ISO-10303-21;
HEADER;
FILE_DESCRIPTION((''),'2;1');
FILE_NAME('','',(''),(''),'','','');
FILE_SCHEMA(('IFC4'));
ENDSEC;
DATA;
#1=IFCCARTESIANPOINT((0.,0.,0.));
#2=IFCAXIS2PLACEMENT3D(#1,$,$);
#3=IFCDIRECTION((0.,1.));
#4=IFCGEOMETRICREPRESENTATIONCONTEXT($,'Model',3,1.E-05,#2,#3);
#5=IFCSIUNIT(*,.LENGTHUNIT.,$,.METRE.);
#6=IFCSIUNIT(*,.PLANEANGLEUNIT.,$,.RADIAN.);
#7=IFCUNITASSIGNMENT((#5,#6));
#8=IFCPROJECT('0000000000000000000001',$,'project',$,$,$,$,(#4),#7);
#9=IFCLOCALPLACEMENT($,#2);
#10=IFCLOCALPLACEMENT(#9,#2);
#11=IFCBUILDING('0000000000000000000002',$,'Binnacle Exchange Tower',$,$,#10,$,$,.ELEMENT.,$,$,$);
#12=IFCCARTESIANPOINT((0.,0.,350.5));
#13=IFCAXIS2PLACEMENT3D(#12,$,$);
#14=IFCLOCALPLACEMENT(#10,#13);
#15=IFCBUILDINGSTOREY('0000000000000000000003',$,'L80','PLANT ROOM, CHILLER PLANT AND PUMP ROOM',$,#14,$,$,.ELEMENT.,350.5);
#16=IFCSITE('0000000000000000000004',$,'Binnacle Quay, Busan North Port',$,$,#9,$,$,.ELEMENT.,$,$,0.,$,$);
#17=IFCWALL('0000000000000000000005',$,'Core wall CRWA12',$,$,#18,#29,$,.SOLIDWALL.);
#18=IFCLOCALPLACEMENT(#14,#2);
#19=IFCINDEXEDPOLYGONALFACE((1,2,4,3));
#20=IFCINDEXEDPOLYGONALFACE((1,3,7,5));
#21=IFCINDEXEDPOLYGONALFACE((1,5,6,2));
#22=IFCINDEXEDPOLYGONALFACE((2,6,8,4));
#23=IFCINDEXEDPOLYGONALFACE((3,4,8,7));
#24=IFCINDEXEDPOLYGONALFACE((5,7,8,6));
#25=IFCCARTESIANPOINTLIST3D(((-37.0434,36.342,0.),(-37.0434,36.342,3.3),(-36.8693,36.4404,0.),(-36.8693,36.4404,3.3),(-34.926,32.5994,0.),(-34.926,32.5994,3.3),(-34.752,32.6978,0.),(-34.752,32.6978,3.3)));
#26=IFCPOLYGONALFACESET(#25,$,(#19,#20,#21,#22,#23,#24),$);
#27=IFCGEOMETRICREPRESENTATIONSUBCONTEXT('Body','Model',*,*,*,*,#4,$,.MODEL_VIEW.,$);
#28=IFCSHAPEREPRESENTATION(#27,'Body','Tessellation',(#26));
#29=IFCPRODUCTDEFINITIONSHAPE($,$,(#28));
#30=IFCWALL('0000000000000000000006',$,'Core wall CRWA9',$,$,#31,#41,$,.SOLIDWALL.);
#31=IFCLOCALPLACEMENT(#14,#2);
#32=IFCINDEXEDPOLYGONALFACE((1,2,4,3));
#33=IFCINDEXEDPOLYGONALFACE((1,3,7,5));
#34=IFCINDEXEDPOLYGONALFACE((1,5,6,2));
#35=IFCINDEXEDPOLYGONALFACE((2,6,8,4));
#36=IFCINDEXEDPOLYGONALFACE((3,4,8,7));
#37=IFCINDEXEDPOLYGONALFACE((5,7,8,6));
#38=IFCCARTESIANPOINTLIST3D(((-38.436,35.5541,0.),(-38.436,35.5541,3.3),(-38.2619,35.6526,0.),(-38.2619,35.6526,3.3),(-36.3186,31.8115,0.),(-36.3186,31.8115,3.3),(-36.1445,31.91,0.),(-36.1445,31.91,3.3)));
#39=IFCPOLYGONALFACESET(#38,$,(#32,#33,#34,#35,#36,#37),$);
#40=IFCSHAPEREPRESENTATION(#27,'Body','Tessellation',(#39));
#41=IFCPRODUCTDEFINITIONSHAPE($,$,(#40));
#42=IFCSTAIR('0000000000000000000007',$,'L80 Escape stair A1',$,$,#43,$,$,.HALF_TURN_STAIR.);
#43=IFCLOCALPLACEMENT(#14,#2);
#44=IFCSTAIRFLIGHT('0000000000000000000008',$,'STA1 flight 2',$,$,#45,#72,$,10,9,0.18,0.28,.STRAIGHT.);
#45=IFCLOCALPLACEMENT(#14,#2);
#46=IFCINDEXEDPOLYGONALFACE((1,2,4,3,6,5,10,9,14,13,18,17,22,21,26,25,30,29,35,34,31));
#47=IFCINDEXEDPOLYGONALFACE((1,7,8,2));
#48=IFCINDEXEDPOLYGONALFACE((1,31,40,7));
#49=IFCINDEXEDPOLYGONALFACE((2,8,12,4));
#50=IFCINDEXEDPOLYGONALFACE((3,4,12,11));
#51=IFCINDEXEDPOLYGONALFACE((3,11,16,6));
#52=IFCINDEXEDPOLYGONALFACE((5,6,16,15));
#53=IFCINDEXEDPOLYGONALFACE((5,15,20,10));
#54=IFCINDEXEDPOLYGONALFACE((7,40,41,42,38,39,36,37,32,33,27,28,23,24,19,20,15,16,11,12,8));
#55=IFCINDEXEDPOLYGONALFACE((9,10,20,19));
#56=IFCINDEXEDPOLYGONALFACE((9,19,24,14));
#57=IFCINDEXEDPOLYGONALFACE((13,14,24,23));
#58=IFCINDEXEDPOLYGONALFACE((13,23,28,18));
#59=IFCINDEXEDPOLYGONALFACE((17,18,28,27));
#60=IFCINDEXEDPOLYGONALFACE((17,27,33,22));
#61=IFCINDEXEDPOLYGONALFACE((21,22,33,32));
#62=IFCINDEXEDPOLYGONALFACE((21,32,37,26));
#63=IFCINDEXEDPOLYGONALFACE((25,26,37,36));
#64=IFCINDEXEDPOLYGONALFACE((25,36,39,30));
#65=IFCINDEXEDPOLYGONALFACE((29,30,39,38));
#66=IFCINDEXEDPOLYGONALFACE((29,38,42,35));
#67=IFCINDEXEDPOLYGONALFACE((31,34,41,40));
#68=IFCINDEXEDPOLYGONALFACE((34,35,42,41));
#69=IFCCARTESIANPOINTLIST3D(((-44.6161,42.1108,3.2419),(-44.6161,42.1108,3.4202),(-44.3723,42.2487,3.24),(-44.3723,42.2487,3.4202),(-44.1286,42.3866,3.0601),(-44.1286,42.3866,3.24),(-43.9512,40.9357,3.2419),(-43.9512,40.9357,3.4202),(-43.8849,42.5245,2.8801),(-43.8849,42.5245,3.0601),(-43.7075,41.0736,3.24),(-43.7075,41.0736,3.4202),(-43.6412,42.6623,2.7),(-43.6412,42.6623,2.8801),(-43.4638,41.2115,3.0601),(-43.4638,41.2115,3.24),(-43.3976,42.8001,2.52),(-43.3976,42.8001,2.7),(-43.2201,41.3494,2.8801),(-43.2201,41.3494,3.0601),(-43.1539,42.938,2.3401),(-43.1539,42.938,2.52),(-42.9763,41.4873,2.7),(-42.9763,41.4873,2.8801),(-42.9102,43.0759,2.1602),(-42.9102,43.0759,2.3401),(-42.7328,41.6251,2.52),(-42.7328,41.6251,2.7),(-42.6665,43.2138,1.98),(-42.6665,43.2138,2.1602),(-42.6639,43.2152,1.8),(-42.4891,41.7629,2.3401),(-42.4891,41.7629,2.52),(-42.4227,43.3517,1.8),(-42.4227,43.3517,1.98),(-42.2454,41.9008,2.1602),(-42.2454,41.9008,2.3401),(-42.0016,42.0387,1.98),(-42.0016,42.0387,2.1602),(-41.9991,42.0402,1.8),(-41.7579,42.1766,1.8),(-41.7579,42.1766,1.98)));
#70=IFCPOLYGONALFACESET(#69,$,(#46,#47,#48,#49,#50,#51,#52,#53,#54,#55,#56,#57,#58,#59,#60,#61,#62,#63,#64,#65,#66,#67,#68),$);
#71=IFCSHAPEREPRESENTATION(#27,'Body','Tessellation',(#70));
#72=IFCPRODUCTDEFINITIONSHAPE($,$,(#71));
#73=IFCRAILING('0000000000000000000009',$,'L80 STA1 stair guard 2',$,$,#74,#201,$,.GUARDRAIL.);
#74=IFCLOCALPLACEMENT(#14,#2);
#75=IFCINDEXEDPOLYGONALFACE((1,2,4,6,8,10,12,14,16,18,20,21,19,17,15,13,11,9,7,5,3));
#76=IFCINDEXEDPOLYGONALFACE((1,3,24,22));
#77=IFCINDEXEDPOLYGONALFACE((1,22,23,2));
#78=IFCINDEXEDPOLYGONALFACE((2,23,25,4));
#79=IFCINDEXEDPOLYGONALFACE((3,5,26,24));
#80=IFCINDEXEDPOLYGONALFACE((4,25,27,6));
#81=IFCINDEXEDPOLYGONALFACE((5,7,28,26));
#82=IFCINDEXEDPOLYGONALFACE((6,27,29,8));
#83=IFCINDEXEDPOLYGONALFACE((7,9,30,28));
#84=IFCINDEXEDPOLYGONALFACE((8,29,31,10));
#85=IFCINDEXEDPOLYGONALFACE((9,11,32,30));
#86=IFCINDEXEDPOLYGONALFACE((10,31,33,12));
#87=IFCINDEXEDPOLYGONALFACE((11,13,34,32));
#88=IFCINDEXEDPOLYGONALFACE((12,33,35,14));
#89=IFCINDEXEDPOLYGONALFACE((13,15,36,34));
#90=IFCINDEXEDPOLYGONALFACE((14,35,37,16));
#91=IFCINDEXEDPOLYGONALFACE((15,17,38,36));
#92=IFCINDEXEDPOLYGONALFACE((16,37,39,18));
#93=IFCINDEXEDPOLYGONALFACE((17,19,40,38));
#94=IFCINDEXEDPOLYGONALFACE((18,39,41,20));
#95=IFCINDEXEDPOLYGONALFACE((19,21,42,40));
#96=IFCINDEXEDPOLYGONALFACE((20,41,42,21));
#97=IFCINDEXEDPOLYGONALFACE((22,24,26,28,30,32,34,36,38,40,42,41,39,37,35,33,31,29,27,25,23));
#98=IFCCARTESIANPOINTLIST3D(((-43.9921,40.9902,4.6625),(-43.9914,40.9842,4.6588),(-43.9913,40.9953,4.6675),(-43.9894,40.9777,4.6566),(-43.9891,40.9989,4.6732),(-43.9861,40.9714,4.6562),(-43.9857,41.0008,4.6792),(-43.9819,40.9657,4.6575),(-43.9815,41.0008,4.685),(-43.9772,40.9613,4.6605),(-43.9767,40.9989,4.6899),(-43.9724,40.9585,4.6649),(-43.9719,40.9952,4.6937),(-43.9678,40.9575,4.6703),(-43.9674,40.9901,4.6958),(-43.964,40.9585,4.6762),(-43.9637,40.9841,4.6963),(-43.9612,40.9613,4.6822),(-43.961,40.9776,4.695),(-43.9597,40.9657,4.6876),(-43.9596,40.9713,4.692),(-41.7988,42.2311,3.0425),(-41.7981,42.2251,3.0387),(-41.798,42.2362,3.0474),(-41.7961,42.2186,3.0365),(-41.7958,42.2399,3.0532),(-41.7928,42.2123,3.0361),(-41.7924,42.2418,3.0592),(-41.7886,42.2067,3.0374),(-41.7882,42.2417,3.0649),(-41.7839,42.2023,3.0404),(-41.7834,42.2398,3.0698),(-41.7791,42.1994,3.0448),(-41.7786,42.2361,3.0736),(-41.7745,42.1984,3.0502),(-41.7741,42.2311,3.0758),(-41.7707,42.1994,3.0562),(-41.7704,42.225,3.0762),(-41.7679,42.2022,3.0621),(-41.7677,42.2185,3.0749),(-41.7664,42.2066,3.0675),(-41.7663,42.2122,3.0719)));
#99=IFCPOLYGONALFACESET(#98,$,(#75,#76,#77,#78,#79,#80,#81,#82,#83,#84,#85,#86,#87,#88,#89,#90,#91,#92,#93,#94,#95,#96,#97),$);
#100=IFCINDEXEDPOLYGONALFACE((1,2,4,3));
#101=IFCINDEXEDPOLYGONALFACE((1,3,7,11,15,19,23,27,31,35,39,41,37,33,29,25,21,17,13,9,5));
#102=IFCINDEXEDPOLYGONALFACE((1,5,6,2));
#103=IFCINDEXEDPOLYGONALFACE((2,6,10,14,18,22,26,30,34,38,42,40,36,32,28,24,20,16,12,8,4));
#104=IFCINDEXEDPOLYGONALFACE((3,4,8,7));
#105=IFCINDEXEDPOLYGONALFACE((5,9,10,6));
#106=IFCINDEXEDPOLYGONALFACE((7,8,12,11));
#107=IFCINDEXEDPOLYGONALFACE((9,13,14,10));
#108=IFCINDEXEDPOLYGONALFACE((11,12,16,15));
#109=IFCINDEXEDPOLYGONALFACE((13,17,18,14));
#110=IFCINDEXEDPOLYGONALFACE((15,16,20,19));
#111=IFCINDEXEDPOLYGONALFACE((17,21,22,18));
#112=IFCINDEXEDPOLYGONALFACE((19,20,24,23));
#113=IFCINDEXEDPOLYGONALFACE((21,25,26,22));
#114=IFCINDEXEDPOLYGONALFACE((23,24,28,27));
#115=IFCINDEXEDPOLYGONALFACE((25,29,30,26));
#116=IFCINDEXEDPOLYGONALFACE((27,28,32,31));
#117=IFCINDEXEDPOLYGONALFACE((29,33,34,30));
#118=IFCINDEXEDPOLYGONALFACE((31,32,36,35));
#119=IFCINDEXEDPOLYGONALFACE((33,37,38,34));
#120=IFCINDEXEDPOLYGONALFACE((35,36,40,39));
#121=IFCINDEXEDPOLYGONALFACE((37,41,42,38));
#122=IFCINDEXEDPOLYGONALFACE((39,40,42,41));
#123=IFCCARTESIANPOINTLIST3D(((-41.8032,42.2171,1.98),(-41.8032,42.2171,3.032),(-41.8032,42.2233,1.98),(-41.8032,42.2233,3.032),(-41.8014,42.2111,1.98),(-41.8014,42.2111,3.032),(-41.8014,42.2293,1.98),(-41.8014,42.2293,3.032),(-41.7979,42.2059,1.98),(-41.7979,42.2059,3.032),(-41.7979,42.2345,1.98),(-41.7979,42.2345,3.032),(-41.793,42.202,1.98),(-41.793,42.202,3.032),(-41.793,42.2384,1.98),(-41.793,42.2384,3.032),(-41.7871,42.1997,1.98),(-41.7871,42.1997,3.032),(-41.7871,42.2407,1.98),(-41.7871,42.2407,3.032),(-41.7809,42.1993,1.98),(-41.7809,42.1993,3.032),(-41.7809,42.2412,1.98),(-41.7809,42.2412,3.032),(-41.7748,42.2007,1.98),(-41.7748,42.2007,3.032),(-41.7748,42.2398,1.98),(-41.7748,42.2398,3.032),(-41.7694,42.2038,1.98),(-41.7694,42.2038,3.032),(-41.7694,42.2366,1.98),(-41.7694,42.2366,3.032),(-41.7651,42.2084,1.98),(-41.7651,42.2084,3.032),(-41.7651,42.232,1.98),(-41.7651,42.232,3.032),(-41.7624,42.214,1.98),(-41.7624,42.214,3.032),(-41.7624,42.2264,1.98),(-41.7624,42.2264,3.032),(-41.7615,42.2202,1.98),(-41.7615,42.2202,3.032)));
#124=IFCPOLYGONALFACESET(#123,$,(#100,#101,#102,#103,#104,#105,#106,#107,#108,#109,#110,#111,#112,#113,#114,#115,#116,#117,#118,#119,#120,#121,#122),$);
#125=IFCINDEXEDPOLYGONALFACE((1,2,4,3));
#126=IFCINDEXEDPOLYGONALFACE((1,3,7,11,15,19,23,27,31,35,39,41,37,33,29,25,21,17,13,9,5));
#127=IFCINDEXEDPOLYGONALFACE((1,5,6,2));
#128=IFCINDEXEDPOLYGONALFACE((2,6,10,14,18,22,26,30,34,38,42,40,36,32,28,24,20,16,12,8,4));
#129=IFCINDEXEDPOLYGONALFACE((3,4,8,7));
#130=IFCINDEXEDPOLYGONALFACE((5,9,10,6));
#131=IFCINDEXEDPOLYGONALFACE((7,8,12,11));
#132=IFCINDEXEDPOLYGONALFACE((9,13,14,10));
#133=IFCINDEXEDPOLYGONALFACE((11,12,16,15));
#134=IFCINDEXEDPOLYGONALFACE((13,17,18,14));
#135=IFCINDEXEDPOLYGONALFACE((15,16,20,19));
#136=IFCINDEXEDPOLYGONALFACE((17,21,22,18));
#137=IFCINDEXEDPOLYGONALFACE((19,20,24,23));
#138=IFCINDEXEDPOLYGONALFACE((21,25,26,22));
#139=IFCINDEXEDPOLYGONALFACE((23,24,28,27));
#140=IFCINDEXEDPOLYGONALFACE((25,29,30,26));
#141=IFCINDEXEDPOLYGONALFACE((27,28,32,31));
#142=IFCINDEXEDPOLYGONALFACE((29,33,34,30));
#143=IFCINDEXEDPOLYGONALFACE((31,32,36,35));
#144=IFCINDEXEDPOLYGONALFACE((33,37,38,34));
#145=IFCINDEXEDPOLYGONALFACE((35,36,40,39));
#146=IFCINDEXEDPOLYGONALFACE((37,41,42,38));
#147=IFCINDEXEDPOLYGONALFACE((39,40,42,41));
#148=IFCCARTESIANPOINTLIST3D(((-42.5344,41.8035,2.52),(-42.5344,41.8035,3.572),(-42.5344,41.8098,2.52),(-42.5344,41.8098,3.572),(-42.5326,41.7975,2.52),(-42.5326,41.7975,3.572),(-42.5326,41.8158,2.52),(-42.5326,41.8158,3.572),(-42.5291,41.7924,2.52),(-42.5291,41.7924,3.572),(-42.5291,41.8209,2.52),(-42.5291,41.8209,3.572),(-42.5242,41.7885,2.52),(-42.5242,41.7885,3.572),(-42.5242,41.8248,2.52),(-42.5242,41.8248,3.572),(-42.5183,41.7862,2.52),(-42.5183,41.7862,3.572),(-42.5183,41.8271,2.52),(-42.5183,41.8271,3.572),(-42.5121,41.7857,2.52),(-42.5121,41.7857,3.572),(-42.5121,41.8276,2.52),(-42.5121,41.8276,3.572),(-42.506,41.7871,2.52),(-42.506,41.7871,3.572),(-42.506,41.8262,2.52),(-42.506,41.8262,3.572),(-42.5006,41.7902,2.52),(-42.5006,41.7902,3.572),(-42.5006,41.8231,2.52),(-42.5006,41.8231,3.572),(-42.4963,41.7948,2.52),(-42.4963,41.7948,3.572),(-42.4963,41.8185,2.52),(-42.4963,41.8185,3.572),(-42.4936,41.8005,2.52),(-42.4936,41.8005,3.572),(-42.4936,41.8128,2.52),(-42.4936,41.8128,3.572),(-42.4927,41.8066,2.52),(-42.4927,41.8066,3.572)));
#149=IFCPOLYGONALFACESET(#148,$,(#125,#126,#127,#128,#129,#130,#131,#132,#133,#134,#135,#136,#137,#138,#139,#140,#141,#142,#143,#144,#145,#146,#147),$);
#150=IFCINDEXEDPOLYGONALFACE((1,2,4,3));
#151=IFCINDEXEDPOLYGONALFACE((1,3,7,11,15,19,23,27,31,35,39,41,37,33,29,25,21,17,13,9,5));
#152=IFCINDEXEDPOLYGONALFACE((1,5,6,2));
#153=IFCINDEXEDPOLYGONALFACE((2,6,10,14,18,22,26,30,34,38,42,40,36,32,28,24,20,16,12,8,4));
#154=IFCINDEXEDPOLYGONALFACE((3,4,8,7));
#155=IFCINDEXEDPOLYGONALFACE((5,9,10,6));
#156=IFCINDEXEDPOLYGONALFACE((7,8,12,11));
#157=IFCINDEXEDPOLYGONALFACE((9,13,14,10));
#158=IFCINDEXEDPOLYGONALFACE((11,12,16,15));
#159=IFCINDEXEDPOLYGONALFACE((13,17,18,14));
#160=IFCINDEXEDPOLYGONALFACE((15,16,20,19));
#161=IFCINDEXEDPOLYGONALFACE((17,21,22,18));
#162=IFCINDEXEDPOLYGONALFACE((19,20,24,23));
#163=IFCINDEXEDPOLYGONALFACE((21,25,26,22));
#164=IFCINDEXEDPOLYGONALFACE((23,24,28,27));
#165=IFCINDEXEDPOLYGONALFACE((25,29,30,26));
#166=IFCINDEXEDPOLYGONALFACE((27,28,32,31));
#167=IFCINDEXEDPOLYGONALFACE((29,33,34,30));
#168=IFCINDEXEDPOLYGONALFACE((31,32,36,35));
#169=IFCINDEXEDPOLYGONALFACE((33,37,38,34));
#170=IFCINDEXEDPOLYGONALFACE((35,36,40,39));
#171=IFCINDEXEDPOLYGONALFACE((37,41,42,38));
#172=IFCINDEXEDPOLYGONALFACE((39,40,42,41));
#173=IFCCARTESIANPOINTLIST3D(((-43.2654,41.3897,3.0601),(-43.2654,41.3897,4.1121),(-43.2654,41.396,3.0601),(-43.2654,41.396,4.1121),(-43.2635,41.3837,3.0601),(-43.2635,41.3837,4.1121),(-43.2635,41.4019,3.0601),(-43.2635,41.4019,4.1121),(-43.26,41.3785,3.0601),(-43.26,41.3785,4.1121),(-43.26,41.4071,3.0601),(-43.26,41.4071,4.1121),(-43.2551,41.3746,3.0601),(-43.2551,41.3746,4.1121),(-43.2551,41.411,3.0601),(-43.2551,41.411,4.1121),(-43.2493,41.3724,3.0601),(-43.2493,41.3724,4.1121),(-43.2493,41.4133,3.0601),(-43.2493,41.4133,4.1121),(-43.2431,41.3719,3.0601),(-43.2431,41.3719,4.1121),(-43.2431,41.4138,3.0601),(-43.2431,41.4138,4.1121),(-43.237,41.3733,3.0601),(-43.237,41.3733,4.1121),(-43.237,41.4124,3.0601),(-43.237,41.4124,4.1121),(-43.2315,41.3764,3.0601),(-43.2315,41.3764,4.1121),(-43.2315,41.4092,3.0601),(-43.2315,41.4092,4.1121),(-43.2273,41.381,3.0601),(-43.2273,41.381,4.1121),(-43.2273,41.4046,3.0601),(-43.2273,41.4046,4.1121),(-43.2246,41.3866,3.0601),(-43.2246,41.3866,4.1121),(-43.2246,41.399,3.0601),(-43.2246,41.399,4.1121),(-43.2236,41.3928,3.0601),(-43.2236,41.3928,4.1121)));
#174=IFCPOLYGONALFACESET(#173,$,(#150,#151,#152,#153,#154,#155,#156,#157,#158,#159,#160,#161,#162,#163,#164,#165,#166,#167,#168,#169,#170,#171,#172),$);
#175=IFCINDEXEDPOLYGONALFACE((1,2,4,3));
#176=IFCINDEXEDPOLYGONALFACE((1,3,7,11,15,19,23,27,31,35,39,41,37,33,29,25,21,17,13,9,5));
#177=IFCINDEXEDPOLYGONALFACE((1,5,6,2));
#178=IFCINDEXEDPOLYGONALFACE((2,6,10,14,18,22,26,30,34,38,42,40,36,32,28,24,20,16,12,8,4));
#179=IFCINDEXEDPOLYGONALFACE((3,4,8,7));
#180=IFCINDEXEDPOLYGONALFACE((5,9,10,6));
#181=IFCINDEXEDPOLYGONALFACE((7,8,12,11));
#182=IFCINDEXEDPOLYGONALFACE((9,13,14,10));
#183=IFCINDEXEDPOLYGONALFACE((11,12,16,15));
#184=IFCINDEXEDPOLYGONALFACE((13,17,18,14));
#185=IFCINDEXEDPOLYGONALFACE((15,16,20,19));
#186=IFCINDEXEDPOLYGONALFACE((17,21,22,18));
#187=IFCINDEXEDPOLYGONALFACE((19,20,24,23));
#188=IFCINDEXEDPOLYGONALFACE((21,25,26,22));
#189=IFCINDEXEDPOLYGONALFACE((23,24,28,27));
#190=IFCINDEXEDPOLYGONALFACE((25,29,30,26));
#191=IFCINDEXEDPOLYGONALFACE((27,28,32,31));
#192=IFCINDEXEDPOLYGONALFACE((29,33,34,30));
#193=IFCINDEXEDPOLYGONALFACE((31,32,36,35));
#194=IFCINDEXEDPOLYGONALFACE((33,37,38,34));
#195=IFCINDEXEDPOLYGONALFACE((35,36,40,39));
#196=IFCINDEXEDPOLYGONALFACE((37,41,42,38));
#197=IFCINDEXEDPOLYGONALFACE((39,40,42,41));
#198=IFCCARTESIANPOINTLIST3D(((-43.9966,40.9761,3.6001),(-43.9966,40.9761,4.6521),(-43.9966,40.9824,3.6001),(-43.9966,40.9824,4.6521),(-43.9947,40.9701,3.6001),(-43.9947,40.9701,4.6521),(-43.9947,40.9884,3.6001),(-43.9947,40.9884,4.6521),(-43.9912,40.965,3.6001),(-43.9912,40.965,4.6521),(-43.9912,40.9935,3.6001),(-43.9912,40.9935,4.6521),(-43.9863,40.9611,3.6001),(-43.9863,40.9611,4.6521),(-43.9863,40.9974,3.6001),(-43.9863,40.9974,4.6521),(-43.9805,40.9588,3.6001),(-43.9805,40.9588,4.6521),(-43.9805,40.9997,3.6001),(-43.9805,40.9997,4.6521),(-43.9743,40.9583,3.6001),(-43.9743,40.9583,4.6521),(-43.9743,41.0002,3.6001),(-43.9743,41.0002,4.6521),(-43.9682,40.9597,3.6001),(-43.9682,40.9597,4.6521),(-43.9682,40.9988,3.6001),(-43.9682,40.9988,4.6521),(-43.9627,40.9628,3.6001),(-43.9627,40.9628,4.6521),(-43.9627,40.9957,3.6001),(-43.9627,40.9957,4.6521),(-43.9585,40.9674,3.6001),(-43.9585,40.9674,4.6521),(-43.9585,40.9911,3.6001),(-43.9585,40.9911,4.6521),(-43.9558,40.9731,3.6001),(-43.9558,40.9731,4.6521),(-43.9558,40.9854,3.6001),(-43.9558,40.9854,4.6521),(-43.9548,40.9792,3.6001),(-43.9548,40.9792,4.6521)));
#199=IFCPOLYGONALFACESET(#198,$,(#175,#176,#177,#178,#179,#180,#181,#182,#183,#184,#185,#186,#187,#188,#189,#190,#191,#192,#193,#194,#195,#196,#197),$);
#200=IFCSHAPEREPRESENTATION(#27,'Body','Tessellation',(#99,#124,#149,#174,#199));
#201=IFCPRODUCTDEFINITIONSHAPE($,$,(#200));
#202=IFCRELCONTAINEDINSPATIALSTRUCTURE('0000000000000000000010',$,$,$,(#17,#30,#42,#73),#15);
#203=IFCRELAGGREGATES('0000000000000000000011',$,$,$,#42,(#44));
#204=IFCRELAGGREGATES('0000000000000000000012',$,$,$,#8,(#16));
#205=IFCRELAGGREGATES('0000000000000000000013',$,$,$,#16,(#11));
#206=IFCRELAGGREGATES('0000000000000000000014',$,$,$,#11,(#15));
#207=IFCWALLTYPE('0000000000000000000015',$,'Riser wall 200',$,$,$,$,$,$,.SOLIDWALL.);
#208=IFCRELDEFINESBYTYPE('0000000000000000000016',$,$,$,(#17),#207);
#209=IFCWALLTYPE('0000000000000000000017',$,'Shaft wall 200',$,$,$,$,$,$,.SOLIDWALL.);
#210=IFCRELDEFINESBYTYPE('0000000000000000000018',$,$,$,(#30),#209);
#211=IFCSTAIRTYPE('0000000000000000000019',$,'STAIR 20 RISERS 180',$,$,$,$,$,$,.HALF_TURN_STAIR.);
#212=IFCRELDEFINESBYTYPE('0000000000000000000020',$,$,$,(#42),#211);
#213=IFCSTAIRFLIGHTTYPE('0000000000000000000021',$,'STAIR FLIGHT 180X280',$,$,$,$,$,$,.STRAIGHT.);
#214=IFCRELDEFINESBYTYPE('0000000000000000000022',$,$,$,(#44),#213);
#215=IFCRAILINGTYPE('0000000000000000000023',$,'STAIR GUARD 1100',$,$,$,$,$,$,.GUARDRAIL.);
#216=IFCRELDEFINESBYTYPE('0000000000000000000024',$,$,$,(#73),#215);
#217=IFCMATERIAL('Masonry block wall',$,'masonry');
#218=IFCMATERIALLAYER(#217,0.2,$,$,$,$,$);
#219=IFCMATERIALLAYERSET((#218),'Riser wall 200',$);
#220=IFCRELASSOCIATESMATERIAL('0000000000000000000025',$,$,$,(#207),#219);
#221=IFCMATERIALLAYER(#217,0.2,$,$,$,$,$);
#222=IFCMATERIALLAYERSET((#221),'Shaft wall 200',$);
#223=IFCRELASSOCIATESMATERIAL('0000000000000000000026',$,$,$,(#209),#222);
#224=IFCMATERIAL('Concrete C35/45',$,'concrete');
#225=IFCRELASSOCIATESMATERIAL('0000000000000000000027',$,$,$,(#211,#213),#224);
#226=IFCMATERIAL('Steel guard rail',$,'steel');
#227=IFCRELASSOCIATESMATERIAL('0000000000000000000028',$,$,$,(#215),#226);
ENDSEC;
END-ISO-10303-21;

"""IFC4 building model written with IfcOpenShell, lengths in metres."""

from ifc_helpers import new_model, si_unit, direction, frame, frame_2d, origin, origin_2d, place, context, subcontext, project, spatial, polyline, rectangle, circle, outline, extrude, material, layer, layer_set, type_object, element, aggregate, save


model = new_model("IFC4")

# Units and contexts
model_context = context("Model", 3, precision=1e-05, world=origin(), true_north=direction((0.0, 1.0)))
body_context = subcontext(model_context, "Body", "Model", "MODEL_VIEW")
ifc_project = project(units=[si_unit("LENGTHUNIT", "METRE"), si_unit("PLANEANGLEUNIT", "RADIAN")], contexts=[model_context])

# Site, building, storey
site_placement = place(None, origin())
site = spatial("IfcSite", under=ifc_project, at=site_placement, Name="Binnacle Quay, Busan North Port", CompositionType="ELEMENT", RefElevation=0.0)
building_placement = place(site_placement, origin())
building = spatial("IfcBuilding", under=site, at=building_placement, Name="Binnacle Exchange Tower", CompositionType="ELEMENT")
storey_placement = place(building_placement, frame((0.0, 0.0, 350.5)))
storey = spatial("IfcBuildingStorey", under=building, at=storey_placement, Name="L80", Description="PLANT ROOM, CHILLER PLANT AND PUMP ROOM", CompositionType="ELEMENT", Elevation=350.5)

# Shared definitions
ifc_material_1 = material(Name="Masonry block wall", Category="masonry")

# Walls
ifc_layer_1 = layer(ifc_material_1, 0.2)
ifc_layer_set_1 = layer_set([ifc_layer_1], Name="Riser wall 200")
wall_type_1 = type_object("IfcWallType", Name="Riser wall 200", PredefinedType="SOLIDWALL", material=ifc_layer_set_1)
wall_1_placement = place(storey_placement, frame((-36.9563, 36.3911, 0.0), z_axis=(0.0, 0.0, 1.0), x_axis=(0.492411, -0.870363, 0.0)))
element("IfcWall", 1, at=wall_1_placement, inside=storey, type_object=wall_type_1, Name="Core wall CRWA12", PredefinedType="SOLIDWALL", context=body_context, shape_type="SweptSolid", body=[
    extrude(rectangle(XDim=4.3, YDim=0.2, at=frame_2d((2.1499, 0.0))), origin(), (0.0, 0.0, 1.0), 3.3),
])
ifc_layer_2 = layer(ifc_material_1, 0.2)
ifc_layer_set_2 = layer_set([ifc_layer_2], Name="Shaft wall 200")
wall_type_2 = type_object("IfcWallType", Name="Shaft wall 200", PredefinedType="SOLIDWALL", material=ifc_layer_set_2)
wall_2_placement = place(storey_placement, frame((-38.3489, 35.6033, 0.0), z_axis=(0.0, 0.0, 1.0), x_axis=(0.492411, -0.870363, 0.0)))
element("IfcWall", 2, at=wall_2_placement, inside=storey, type_object=wall_type_2, Name="Core wall CRWA9", PredefinedType="SOLIDWALL", context=body_context, shape_type="SweptSolid", body=[
    extrude(rectangle(XDim=4.3, YDim=0.2, at=frame_2d((2.1499, 0.0))), origin(), (0.0, 0.0, 1.0), 3.3),
])

# Stair, stair flight
ifc_material_2 = material(Name="Concrete C35/45", Category="concrete")
stair_type = type_object("IfcStairType", Name="STAIR 20 RISERS 180", PredefinedType="HALF_TURN_STAIR", material=ifc_material_2)
stair_placement = place(storey_placement, origin())
stair = element("IfcStair", 3, at=stair_placement, inside=storey, type_object=stair_type, Name="L80 Escape stair A1", PredefinedType="HALF_TURN_STAIR")
stair_flight_type = type_object("IfcStairFlightType", Name="STAIR FLIGHT 180X280", PredefinedType="STRAIGHT", material=ifc_material_2)
stair_flight_placement = place(storey_placement, frame((-42.0903, 42.7642, 1.8), z_axis=(0.0, 0.0, 1.0), x_axis=(-0.870356, -0.492424, 0.0)))
stair_flight = element("IfcStairFlight", 4, at=stair_flight_placement, type_object=stair_flight_type, Name="STA1 flight 2", NumberOfRisers=10, NumberOfTreads=9, PredefinedType="STRAIGHT", RiserHeight=0.18, TreadLength=0.28, context=body_context, shape_type="SweptSolid", body=[
    extrude(outline(polyline([(0.0, 0.0), (0.0, 0.1799), (0.28, 0.1799), (0.28, 0.3601), (0.5601, 0.3601), (0.5601, 0.54), (0.8401, 0.54), (0.8401, 0.72), (1.1201, 0.72), (1.1201, 0.8999), (1.3999, 0.8999), (1.3999, 1.0801), (1.6799, 1.0801), (1.6799, 1.26), (1.96, 1.26), (1.96, 1.4399), (2.24, 1.4399), (2.24, 1.6201), (2.52, 1.6201), (2.52, 1.8), (2.52, 1.4419), (0.2771, 0.0), (0.0, 0.0)])), frame((0.0, 0.675, 0.0), z_axis=(0.0, -1.0, 0.0), x_axis=(1.0, 0.0, 0.0)), (0.0, 0.0, 1.0), 1.3501),
])
aggregate(stair, [stair_flight])

# Railing
ifc_material_3 = material(Name="Steel guard rail", Category="steel")
railing_type_1 = type_object("IfcRailingType", Name="STAIR GUARD 1100", PredefinedType="GUARDRAIL", material=ifc_material_3)
railing_1_placement = place(storey_placement, frame((-41.7825, 42.2202, 1.98)))
element("IfcRailing", 5, at=railing_1_placement, inside=storey, type_object=railing_type_1, Name="L80 STA1 stair guard 2", PredefinedType="GUARDRAIL", context=body_context, shape_type="SweptSolid", body=[
    extrude(circle(Radius=0.0239, at=origin_2d()), frame((0.0, 0.0, 1.0762), z_axis=(-0.732113, -0.414217, 0.540772), x_axis=(0.492431, -0.870352, 0.0)), (0.0, 0.0, 1.0), 2.9958),
    extrude(circle(Radius=0.021, at=origin_2d()), origin(), (0.0, 0.0, 1.0), 1.052),
    extrude(circle(Radius=0.021, at=origin_2d()), frame((-0.7312, -0.4136, 0.54)), (0.0, 0.0, 1.0), 1.052),
    extrude(circle(Radius=0.021, at=origin_2d()), frame((-1.4622, -0.8274, 1.0801)), (0.0, 0.0, 1.0), 1.052),
    extrude(circle(Radius=0.021, at=origin_2d()), frame((-2.1934, -1.241, 1.6201)), (0.0, 0.0, 1.0), 1.052),
])

save(model, "model.ifc")
